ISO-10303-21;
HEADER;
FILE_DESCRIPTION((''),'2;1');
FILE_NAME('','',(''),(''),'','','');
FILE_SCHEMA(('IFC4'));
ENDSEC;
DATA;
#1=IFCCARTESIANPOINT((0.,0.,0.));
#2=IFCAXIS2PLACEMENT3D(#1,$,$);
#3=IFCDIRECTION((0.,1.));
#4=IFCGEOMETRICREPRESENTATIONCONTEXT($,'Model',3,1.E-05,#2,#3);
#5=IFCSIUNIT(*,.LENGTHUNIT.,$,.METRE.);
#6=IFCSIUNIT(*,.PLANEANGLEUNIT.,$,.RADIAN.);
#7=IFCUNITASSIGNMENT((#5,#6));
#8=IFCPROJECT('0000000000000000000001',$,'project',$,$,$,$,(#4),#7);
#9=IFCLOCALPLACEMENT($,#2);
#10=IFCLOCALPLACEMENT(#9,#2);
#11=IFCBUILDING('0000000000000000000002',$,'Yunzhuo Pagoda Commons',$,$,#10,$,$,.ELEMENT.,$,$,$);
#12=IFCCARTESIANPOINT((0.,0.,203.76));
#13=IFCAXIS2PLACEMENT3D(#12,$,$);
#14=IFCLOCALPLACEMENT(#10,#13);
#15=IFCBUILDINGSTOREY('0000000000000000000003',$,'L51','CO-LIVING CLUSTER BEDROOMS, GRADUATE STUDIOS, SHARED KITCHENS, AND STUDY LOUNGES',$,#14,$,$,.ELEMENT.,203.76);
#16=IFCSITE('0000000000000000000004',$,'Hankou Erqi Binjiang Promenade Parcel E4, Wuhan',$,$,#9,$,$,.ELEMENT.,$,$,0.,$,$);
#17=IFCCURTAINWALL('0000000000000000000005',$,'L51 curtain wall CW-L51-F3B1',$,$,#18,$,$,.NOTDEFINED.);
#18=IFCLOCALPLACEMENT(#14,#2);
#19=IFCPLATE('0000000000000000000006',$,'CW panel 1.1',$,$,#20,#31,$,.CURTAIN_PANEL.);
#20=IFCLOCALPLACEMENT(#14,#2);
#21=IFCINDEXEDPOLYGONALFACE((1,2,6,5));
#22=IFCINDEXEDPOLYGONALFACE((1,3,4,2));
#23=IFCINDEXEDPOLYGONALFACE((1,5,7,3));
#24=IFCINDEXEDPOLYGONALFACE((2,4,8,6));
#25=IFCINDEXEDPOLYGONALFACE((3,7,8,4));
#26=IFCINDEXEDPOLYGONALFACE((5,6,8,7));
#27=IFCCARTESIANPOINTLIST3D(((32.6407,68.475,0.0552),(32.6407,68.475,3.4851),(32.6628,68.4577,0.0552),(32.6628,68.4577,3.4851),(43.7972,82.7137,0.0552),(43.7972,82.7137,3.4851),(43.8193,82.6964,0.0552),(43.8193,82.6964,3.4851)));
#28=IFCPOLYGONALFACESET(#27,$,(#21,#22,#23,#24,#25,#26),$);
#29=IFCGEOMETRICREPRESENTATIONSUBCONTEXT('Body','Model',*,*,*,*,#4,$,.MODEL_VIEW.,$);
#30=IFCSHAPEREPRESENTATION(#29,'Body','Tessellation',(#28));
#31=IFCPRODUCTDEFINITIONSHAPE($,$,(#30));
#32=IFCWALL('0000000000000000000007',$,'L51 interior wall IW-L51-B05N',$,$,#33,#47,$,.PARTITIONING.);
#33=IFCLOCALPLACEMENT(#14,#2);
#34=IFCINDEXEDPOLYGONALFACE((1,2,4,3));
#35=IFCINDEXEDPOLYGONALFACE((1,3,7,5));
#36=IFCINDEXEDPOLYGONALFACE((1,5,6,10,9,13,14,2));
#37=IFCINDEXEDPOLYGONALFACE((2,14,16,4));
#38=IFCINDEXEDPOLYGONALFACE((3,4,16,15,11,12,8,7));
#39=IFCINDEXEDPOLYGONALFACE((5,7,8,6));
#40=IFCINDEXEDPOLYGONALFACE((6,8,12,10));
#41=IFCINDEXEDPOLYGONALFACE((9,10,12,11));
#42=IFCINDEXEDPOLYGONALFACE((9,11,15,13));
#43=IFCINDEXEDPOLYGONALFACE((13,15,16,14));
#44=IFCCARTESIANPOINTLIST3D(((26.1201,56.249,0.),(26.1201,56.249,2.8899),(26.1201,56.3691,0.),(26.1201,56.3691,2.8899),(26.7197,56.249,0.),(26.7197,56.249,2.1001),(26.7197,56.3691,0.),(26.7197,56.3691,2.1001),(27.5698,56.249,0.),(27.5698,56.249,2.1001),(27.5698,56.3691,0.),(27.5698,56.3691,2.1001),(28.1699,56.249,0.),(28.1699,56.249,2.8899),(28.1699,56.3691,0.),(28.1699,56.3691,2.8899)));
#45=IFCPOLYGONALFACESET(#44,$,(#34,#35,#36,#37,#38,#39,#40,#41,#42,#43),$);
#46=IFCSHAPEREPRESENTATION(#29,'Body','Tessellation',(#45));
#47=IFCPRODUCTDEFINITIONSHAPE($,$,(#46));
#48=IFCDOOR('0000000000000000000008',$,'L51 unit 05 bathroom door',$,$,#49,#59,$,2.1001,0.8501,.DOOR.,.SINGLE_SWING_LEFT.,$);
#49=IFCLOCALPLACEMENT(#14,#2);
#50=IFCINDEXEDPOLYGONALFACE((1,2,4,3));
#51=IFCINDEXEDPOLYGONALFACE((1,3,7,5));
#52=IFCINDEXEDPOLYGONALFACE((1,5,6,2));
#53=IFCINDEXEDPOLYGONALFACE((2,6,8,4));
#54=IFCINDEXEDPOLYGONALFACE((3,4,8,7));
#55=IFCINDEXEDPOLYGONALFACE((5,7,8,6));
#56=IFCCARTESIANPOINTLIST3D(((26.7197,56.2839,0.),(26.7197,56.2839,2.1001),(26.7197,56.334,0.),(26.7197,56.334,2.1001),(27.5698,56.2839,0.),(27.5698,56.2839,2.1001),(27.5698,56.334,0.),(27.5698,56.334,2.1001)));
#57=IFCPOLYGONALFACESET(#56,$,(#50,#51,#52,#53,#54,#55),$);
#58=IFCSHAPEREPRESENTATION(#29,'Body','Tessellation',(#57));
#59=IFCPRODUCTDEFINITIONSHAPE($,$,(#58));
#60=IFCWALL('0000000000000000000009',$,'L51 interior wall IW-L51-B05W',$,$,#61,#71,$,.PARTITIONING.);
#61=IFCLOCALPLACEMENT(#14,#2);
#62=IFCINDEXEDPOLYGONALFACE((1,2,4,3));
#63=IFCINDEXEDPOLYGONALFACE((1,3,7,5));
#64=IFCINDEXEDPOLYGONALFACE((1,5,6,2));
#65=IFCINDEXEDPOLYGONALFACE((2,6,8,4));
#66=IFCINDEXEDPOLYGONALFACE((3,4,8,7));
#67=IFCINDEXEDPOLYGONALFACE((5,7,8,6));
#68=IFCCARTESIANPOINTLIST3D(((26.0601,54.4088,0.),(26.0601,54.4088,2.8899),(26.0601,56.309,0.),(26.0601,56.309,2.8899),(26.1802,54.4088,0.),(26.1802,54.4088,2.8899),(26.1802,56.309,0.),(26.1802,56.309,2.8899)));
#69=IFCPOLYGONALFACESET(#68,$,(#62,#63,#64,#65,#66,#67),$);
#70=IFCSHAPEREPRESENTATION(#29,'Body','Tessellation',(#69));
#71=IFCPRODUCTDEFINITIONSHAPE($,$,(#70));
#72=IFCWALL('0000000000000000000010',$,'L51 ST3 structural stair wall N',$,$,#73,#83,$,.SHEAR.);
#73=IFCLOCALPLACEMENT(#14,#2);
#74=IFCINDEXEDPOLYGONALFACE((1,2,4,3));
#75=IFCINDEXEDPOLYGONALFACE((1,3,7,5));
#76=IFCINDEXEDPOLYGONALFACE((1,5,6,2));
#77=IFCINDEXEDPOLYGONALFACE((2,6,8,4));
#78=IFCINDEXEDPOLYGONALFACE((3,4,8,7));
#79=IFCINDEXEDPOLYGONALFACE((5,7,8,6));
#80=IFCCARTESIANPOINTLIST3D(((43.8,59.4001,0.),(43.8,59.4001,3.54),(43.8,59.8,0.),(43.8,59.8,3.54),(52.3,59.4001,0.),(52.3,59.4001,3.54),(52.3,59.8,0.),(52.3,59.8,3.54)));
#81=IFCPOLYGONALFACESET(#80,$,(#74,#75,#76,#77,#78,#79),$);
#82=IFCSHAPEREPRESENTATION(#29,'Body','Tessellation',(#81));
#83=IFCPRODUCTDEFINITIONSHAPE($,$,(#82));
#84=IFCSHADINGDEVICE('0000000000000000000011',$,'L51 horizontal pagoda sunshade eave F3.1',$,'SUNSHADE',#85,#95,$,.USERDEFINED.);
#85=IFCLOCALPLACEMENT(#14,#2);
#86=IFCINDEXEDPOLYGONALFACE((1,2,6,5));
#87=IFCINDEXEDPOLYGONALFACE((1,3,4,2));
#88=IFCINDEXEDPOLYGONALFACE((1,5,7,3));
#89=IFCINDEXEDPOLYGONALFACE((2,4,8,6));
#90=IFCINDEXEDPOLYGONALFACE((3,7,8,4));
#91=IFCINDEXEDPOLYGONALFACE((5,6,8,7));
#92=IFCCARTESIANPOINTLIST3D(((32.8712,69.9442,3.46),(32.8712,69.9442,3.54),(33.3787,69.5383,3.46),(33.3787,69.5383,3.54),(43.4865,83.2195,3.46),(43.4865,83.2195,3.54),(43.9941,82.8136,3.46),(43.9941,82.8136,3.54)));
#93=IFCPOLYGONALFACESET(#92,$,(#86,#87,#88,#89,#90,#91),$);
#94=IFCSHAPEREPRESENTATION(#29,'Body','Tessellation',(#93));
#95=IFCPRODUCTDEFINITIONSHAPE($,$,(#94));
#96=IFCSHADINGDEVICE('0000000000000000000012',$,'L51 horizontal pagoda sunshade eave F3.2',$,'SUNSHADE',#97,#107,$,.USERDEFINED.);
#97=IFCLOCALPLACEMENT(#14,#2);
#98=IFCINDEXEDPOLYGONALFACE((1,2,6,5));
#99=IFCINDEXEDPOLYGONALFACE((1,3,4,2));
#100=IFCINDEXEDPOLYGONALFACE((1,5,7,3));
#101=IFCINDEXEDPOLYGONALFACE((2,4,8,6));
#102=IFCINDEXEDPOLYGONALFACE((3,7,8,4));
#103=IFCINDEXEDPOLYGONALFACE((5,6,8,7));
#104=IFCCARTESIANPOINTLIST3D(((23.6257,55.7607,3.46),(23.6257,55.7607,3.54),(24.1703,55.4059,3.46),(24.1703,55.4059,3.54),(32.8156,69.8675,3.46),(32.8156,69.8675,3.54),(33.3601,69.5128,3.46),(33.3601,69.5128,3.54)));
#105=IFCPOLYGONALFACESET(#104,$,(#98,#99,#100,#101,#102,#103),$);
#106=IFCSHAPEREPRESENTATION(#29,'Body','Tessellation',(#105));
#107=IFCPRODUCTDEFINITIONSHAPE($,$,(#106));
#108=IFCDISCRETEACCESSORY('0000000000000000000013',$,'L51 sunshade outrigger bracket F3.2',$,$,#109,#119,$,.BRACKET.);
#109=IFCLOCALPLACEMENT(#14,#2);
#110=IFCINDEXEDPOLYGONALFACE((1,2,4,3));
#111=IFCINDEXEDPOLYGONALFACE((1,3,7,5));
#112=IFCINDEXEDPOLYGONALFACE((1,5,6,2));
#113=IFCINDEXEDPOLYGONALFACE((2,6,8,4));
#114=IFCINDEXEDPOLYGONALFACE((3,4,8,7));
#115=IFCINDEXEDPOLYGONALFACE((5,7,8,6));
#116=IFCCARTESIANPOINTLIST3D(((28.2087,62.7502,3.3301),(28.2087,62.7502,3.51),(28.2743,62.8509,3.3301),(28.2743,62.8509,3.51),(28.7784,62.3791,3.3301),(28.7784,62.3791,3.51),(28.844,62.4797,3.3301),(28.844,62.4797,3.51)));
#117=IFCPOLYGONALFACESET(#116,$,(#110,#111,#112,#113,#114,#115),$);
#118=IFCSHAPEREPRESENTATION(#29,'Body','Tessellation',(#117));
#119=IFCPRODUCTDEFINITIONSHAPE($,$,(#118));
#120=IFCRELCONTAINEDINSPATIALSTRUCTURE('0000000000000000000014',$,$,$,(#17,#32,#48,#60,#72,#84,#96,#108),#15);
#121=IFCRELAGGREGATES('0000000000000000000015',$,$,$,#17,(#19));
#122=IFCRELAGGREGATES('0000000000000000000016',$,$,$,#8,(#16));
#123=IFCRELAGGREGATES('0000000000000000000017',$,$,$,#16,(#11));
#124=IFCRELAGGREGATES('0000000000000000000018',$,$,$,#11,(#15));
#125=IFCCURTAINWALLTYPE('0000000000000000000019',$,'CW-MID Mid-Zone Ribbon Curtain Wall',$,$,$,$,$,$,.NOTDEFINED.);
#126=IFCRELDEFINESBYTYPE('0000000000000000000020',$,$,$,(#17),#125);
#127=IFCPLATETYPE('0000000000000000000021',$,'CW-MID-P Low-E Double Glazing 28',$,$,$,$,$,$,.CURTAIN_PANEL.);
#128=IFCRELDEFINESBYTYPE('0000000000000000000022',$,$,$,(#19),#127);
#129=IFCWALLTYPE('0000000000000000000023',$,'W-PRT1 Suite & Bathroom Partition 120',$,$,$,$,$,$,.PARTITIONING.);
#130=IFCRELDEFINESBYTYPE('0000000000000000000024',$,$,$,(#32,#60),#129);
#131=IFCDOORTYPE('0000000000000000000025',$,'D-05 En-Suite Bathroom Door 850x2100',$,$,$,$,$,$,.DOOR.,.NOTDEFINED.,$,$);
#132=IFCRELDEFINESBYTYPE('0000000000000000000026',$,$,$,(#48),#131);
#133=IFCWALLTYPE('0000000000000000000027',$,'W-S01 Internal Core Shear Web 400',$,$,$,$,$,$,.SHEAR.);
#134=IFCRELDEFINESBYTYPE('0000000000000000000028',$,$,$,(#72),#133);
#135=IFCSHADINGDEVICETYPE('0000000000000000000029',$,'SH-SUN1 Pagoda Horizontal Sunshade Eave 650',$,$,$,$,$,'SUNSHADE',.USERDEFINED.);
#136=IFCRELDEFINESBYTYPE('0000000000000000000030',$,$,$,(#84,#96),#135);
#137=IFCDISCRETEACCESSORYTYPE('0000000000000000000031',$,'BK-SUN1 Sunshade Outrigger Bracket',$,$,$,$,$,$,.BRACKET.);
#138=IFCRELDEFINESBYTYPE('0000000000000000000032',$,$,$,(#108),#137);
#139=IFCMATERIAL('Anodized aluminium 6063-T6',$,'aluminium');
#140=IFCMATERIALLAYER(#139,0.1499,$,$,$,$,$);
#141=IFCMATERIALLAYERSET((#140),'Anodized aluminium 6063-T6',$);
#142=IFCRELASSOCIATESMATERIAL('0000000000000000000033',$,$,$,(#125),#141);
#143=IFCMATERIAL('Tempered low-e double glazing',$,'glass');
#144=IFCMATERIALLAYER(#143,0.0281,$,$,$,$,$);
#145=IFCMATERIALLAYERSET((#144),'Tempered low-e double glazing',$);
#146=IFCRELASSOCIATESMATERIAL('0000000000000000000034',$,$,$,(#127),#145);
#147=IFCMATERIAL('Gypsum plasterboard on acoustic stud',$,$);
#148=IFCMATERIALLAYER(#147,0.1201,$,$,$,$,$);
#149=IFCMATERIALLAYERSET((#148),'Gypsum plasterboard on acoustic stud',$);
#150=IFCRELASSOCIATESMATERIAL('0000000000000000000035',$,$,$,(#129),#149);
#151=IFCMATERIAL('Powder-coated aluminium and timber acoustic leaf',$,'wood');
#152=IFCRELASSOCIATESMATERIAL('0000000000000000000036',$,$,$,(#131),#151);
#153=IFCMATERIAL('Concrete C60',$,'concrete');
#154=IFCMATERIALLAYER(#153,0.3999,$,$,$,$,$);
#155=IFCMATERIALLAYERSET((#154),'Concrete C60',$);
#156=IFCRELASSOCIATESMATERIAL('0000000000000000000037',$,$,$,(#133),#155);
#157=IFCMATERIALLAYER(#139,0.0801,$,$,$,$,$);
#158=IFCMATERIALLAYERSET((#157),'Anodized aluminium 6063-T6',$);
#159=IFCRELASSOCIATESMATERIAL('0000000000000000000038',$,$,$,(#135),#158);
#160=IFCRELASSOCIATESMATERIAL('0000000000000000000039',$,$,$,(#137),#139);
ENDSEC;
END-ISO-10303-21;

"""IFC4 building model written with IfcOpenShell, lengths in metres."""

from ifc_helpers import new_model, si_unit, direction, frame, frame_2d, origin, origin_2d, place, context, subcontext, project, spatial, rectangle, extrude, source, transform, mapped, material, layer, layer_set, type_object, element, fill, aggregate, save


model = new_model("IFC4")

# Units and contexts
model_context = context("Model", 3, precision=1e-05, world=origin(), true_north=direction((0.0, 1.0)))
body_context = subcontext(model_context, "Body", "Model", "MODEL_VIEW")
ifc_project = project(units=[si_unit("LENGTHUNIT", "METRE"), si_unit("PLANEANGLEUNIT", "RADIAN")], contexts=[model_context])

# Site, building, storey
site_placement = place(None, origin())
site = spatial("IfcSite", under=ifc_project, at=site_placement, Name="Hankou Erqi Binjiang Promenade Parcel E4, Wuhan", CompositionType="ELEMENT", RefElevation=0.0)
building_placement = place(site_placement, origin())
building = spatial("IfcBuilding", under=site, at=building_placement, Name="Yunzhuo Pagoda Commons", CompositionType="ELEMENT")
storey_placement = place(building_placement, frame((0.0, 0.0, 203.76)))
storey = spatial("IfcBuildingStorey", under=building, at=storey_placement, Name="L51", Description="CO-LIVING CLUSTER BEDROOMS, GRADUATE STUDIOS, SHARED KITCHENS, AND STUDY LOUNGES", CompositionType="ELEMENT", Elevation=203.76)

# Shared definitions
ifc_material_1 = material(Name="Anodized aluminium 6063-T6", Category="aluminium")
ifc_layer_1 = layer(ifc_material_1, 0.1499)
ifc_layer_set_1 = layer_set([ifc_layer_1], Name="Anodized aluminium 6063-T6")
curtain_wall_type = type_object("IfcCurtainWallType", Name="CW-MID Mid-Zone Ribbon Curtain Wall", PredefinedType="NOTDEFINED", material=ifc_layer_set_1)

# Curtain wall
curtain_wall_1_placement = place(storey_placement, origin())
curtain_wall_1 = element("IfcCurtainWall", 1, at=curtain_wall_1_placement, inside=storey, type_object=curtain_wall_type, Name="L51 curtain wall CW-L51-F3B1", PredefinedType="NOTDEFINED")

# Plate
ifc_material_2 = material(Name="Tempered low-e double glazing", Category="glass")
ifc_layer_2 = layer(ifc_material_2, 0.0281)
ifc_layer_set_2 = layer_set([ifc_layer_2], Name="Tempered low-e double glazing")
plate_type_1 = type_object("IfcPlateType", Name="CW-MID-P Low-E Double Glazing 28", PredefinedType="CURTAIN_PANEL", material=ifc_layer_set_2)
shared_shape_1 = source(origin(), body_context, "Body", "SweptSolid", [
    extrude(rectangle(XDim=18.0889, YDim=0.0281, at=origin_2d()), origin(), (0.0, 0.0, 1.0), 3.4299),
])
plate_1_placement = place(storey_placement, frame((38.23, 75.5857, 0.0552), z_axis=(0.0, 0.0, 1.0), x_axis=(-0.616762, -0.78715, 0.0)))
plate_1 = element("IfcPlate", 2, at=plate_1_placement, type_object=plate_type_1, Name="CW panel 1.1", PredefinedType="CURTAIN_PANEL", context=body_context, shape_type="MappedRepresentation", body=[
    mapped(shared_shape_1, transform((0.0, 0.0, 0.0), scale=1.0)),
])
aggregate(curtain_wall_1, [plate_1])

# Wall, opening, door
ifc_material_3 = material(Name="Gypsum plasterboard on acoustic stud")
ifc_layer_3 = layer(ifc_material_3, 0.1201)
ifc_layer_set_3 = layer_set([ifc_layer_3], Name="Gypsum plasterboard on acoustic stud")
wall_type_1 = type_object("IfcWallType", Name="W-PRT1 Suite & Bathroom Partition 120", PredefinedType="PARTITIONING", material=ifc_layer_set_3)
wall_1_placement = place(storey_placement, frame((28.1699, 56.3091, 0.0), z_axis=(0.0, 0.0, 1.0), x_axis=(-1.0, 0.0, 0.0)))
wall_1 = element("IfcWall", 3, at=wall_1_placement, inside=storey, type_object=wall_type_1, Name="L51 interior wall IW-L51-B05N", PredefinedType="PARTITIONING", context=body_context, shape_type="SweptSolid", body=[
    extrude(rectangle(XDim=2.0498, YDim=0.1201, at=frame_2d((1.0249, 0.0))), origin(), (0.0, 0.0, 1.0), 2.8899),
])
opening_placement = place(wall_1_placement, frame((0.6001, 0.0, 0.0)))
opening = element("IfcOpeningElement", 4, at=opening_placement, cuts=wall_1, PredefinedType="OPENING", context=body_context, shape_type="SweptSolid", body=[
    extrude(rectangle(XDim=0.8501, YDim=2.1001, at=frame_2d((0.425, 1.05))), frame((0.0, 0.0701, 0.0), z_axis=(0.0, -1.0, 0.0), x_axis=(1.0, 0.0, 0.0)), (0.0, 0.0, 1.0), 0.1401),
])
ifc_material_4 = material(Name="Powder-coated aluminium and timber acoustic leaf", Category="wood")
door_type = type_object("IfcDoorType", Name="D-05 En-Suite Bathroom Door 850x2100", OperationType="NOTDEFINED", PredefinedType="DOOR", material=ifc_material_4)
shared_shape_2 = source(origin(), body_context, "Body", "SweptSolid", [
    extrude(rectangle(XDim=0.8501, YDim=2.1001, at=frame_2d((0.425, 1.05))), frame((0.0, 0.0249, 0.0), z_axis=(0.0, -1.0, 0.0), x_axis=(1.0, 0.0, 0.0)), (0.0, 0.0, 1.0), 0.05),
])
door_placement = place(opening_placement, frame((0.8501, 0.0, 0.0), z_axis=(0.0, 0.0, 1.0), x_axis=(-1.0, 0.0, 0.0)))
door = element("IfcDoor", 5, at=door_placement, inside=storey, type_object=door_type, Name="L51 unit 05 bathroom door", OperationType="SINGLE_SWING_LEFT", OverallHeight=2.1001, OverallWidth=0.8501, PredefinedType="DOOR", context=body_context, shape_type="MappedRepresentation", body=[
    mapped(shared_shape_2, transform((0.0, 0.0, 0.0), scale=1.0)),
])
fill(opening, door)

# Walls
wall_2_placement = place(storey_placement, frame((26.1201, 56.3091, 0.0), z_axis=(0.0, 0.0, 1.0), x_axis=(0.0, -1.0, 0.0)))
element("IfcWall", 6, at=wall_2_placement, inside=storey, type_object=wall_type_1, Name="L51 interior wall IW-L51-B05W", PredefinedType="PARTITIONING", context=body_context, shape_type="SweptSolid", body=[
    extrude(rectangle(XDim=1.9001, YDim=0.1201, at=frame_2d((0.9502, 0.0))), origin(), (0.0, 0.0, 1.0), 2.8899),
])
ifc_material_5 = material(Name="Concrete C60", Category="concrete")
ifc_layer_4 = layer(ifc_material_5, 0.3999)
ifc_layer_set_4 = layer_set([ifc_layer_4], Name="Concrete C60")
wall_type_2 = type_object("IfcWallType", Name="W-S01 Internal Core Shear Web 400", PredefinedType="SHEAR", material=ifc_layer_set_4)
wall_3_placement = place(storey_placement, frame((43.8, 59.6001, 0.0), z_axis=(0.0, 0.0, 1.0), x_axis=(1.0, 0.0, 0.0)))
element("IfcWall", 7, at=wall_3_placement, inside=storey, type_object=wall_type_2, Name="L51 ST3 structural stair wall N", PredefinedType="SHEAR", context=body_context, shape_type="SweptSolid", body=[
    extrude(rectangle(XDim=8.5, YDim=0.3999, at=frame_2d((4.25, 0.0))), origin(), (0.0, 0.0, 1.0), 3.54),
])

# Shading devices
ifc_layer_5 = layer(ifc_material_1, 0.0801)
ifc_layer_set_5 = layer_set([ifc_layer_5], Name="Anodized aluminium 6063-T6")
shading_device_type = type_object("IfcShadingDeviceType", Name="SH-SUN1 Pagoda Horizontal Sunshade Eave 650", ElementType="SUNSHADE", PredefinedType="USERDEFINED", material=ifc_layer_set_5)
shared_shape_3 = source(origin(), body_context, "Body", "SweptSolid", [
    extrude(rectangle(XDim=16.9976, YDim=0.6499, at=origin_2d()), origin(), (0.0, 0.0, 1.0), 0.0801),
])
shading_device_1_placement = place(storey_placement, frame((38.4326, 76.3789, 3.46), z_axis=(0.0, 0.0, 1.0), x_axis=(-0.62452, -0.781008, 0.0)))
element("IfcShadingDevice", 8, at=shading_device_1_placement, inside=storey, type_object=shading_device_type, Name="L51 horizontal pagoda sunshade eave F3.1", ObjectType="SUNSHADE", PredefinedType="USERDEFINED", context=body_context, shape_type="MappedRepresentation", body=[
    mapped(shared_shape_3, transform((0.0, 0.0, 0.0), scale=1.0)),
])
shared_shape_4 = source(origin(), body_context, "Body", "SweptSolid", [
    extrude(rectangle(XDim=16.8362, YDim=0.6499, at=origin_2d()), origin(), (0.0, 0.0, 1.0), 0.0801),
])
shading_device_2_placement = place(storey_placement, frame((28.4929, 62.6367, 3.46), z_axis=(0.0, 0.0, 1.0), x_axis=(-0.545839, -0.83789, 0.0)))
element("IfcShadingDevice", 9, at=shading_device_2_placement, inside=storey, type_object=shading_device_type, Name="L51 horizontal pagoda sunshade eave F3.2", ObjectType="SUNSHADE", PredefinedType="USERDEFINED", context=body_context, shape_type="MappedRepresentation", body=[
    mapped(shared_shape_4, transform((0.0, 0.0, 0.0), scale=1.0)),
])

# Discrete accessory
discrete_accessory_type = type_object("IfcDiscreteAccessoryType", Name="BK-SUN1 Sunshade Outrigger Bracket", PredefinedType="BRACKET", material=ifc_material_1)
shared_shape_5 = source(origin(), body_context, "Body", "SweptSolid", [
    extrude(rectangle(XDim=0.1201, YDim=0.6799, at=origin_2d()), origin(), (0.0, 0.0, 1.0), 0.1799),
])
discrete_accessory_placement = place(storey_placement, frame((28.5264, 62.615, 3.3301), z_axis=(0.0, 0.0, 1.0), x_axis=(-0.545839, -0.83789, 0.0)))
element("IfcDiscreteAccessory", 10, at=discrete_accessory_placement, inside=storey, type_object=discrete_accessory_type, Name="L51 sunshade outrigger bracket F3.2", PredefinedType="BRACKET", context=body_context, shape_type="MappedRepresentation", body=[
    mapped(shared_shape_5, transform((0.0, 0.0, 0.0), scale=1.0)),
])

save(model, "model.ifc")
